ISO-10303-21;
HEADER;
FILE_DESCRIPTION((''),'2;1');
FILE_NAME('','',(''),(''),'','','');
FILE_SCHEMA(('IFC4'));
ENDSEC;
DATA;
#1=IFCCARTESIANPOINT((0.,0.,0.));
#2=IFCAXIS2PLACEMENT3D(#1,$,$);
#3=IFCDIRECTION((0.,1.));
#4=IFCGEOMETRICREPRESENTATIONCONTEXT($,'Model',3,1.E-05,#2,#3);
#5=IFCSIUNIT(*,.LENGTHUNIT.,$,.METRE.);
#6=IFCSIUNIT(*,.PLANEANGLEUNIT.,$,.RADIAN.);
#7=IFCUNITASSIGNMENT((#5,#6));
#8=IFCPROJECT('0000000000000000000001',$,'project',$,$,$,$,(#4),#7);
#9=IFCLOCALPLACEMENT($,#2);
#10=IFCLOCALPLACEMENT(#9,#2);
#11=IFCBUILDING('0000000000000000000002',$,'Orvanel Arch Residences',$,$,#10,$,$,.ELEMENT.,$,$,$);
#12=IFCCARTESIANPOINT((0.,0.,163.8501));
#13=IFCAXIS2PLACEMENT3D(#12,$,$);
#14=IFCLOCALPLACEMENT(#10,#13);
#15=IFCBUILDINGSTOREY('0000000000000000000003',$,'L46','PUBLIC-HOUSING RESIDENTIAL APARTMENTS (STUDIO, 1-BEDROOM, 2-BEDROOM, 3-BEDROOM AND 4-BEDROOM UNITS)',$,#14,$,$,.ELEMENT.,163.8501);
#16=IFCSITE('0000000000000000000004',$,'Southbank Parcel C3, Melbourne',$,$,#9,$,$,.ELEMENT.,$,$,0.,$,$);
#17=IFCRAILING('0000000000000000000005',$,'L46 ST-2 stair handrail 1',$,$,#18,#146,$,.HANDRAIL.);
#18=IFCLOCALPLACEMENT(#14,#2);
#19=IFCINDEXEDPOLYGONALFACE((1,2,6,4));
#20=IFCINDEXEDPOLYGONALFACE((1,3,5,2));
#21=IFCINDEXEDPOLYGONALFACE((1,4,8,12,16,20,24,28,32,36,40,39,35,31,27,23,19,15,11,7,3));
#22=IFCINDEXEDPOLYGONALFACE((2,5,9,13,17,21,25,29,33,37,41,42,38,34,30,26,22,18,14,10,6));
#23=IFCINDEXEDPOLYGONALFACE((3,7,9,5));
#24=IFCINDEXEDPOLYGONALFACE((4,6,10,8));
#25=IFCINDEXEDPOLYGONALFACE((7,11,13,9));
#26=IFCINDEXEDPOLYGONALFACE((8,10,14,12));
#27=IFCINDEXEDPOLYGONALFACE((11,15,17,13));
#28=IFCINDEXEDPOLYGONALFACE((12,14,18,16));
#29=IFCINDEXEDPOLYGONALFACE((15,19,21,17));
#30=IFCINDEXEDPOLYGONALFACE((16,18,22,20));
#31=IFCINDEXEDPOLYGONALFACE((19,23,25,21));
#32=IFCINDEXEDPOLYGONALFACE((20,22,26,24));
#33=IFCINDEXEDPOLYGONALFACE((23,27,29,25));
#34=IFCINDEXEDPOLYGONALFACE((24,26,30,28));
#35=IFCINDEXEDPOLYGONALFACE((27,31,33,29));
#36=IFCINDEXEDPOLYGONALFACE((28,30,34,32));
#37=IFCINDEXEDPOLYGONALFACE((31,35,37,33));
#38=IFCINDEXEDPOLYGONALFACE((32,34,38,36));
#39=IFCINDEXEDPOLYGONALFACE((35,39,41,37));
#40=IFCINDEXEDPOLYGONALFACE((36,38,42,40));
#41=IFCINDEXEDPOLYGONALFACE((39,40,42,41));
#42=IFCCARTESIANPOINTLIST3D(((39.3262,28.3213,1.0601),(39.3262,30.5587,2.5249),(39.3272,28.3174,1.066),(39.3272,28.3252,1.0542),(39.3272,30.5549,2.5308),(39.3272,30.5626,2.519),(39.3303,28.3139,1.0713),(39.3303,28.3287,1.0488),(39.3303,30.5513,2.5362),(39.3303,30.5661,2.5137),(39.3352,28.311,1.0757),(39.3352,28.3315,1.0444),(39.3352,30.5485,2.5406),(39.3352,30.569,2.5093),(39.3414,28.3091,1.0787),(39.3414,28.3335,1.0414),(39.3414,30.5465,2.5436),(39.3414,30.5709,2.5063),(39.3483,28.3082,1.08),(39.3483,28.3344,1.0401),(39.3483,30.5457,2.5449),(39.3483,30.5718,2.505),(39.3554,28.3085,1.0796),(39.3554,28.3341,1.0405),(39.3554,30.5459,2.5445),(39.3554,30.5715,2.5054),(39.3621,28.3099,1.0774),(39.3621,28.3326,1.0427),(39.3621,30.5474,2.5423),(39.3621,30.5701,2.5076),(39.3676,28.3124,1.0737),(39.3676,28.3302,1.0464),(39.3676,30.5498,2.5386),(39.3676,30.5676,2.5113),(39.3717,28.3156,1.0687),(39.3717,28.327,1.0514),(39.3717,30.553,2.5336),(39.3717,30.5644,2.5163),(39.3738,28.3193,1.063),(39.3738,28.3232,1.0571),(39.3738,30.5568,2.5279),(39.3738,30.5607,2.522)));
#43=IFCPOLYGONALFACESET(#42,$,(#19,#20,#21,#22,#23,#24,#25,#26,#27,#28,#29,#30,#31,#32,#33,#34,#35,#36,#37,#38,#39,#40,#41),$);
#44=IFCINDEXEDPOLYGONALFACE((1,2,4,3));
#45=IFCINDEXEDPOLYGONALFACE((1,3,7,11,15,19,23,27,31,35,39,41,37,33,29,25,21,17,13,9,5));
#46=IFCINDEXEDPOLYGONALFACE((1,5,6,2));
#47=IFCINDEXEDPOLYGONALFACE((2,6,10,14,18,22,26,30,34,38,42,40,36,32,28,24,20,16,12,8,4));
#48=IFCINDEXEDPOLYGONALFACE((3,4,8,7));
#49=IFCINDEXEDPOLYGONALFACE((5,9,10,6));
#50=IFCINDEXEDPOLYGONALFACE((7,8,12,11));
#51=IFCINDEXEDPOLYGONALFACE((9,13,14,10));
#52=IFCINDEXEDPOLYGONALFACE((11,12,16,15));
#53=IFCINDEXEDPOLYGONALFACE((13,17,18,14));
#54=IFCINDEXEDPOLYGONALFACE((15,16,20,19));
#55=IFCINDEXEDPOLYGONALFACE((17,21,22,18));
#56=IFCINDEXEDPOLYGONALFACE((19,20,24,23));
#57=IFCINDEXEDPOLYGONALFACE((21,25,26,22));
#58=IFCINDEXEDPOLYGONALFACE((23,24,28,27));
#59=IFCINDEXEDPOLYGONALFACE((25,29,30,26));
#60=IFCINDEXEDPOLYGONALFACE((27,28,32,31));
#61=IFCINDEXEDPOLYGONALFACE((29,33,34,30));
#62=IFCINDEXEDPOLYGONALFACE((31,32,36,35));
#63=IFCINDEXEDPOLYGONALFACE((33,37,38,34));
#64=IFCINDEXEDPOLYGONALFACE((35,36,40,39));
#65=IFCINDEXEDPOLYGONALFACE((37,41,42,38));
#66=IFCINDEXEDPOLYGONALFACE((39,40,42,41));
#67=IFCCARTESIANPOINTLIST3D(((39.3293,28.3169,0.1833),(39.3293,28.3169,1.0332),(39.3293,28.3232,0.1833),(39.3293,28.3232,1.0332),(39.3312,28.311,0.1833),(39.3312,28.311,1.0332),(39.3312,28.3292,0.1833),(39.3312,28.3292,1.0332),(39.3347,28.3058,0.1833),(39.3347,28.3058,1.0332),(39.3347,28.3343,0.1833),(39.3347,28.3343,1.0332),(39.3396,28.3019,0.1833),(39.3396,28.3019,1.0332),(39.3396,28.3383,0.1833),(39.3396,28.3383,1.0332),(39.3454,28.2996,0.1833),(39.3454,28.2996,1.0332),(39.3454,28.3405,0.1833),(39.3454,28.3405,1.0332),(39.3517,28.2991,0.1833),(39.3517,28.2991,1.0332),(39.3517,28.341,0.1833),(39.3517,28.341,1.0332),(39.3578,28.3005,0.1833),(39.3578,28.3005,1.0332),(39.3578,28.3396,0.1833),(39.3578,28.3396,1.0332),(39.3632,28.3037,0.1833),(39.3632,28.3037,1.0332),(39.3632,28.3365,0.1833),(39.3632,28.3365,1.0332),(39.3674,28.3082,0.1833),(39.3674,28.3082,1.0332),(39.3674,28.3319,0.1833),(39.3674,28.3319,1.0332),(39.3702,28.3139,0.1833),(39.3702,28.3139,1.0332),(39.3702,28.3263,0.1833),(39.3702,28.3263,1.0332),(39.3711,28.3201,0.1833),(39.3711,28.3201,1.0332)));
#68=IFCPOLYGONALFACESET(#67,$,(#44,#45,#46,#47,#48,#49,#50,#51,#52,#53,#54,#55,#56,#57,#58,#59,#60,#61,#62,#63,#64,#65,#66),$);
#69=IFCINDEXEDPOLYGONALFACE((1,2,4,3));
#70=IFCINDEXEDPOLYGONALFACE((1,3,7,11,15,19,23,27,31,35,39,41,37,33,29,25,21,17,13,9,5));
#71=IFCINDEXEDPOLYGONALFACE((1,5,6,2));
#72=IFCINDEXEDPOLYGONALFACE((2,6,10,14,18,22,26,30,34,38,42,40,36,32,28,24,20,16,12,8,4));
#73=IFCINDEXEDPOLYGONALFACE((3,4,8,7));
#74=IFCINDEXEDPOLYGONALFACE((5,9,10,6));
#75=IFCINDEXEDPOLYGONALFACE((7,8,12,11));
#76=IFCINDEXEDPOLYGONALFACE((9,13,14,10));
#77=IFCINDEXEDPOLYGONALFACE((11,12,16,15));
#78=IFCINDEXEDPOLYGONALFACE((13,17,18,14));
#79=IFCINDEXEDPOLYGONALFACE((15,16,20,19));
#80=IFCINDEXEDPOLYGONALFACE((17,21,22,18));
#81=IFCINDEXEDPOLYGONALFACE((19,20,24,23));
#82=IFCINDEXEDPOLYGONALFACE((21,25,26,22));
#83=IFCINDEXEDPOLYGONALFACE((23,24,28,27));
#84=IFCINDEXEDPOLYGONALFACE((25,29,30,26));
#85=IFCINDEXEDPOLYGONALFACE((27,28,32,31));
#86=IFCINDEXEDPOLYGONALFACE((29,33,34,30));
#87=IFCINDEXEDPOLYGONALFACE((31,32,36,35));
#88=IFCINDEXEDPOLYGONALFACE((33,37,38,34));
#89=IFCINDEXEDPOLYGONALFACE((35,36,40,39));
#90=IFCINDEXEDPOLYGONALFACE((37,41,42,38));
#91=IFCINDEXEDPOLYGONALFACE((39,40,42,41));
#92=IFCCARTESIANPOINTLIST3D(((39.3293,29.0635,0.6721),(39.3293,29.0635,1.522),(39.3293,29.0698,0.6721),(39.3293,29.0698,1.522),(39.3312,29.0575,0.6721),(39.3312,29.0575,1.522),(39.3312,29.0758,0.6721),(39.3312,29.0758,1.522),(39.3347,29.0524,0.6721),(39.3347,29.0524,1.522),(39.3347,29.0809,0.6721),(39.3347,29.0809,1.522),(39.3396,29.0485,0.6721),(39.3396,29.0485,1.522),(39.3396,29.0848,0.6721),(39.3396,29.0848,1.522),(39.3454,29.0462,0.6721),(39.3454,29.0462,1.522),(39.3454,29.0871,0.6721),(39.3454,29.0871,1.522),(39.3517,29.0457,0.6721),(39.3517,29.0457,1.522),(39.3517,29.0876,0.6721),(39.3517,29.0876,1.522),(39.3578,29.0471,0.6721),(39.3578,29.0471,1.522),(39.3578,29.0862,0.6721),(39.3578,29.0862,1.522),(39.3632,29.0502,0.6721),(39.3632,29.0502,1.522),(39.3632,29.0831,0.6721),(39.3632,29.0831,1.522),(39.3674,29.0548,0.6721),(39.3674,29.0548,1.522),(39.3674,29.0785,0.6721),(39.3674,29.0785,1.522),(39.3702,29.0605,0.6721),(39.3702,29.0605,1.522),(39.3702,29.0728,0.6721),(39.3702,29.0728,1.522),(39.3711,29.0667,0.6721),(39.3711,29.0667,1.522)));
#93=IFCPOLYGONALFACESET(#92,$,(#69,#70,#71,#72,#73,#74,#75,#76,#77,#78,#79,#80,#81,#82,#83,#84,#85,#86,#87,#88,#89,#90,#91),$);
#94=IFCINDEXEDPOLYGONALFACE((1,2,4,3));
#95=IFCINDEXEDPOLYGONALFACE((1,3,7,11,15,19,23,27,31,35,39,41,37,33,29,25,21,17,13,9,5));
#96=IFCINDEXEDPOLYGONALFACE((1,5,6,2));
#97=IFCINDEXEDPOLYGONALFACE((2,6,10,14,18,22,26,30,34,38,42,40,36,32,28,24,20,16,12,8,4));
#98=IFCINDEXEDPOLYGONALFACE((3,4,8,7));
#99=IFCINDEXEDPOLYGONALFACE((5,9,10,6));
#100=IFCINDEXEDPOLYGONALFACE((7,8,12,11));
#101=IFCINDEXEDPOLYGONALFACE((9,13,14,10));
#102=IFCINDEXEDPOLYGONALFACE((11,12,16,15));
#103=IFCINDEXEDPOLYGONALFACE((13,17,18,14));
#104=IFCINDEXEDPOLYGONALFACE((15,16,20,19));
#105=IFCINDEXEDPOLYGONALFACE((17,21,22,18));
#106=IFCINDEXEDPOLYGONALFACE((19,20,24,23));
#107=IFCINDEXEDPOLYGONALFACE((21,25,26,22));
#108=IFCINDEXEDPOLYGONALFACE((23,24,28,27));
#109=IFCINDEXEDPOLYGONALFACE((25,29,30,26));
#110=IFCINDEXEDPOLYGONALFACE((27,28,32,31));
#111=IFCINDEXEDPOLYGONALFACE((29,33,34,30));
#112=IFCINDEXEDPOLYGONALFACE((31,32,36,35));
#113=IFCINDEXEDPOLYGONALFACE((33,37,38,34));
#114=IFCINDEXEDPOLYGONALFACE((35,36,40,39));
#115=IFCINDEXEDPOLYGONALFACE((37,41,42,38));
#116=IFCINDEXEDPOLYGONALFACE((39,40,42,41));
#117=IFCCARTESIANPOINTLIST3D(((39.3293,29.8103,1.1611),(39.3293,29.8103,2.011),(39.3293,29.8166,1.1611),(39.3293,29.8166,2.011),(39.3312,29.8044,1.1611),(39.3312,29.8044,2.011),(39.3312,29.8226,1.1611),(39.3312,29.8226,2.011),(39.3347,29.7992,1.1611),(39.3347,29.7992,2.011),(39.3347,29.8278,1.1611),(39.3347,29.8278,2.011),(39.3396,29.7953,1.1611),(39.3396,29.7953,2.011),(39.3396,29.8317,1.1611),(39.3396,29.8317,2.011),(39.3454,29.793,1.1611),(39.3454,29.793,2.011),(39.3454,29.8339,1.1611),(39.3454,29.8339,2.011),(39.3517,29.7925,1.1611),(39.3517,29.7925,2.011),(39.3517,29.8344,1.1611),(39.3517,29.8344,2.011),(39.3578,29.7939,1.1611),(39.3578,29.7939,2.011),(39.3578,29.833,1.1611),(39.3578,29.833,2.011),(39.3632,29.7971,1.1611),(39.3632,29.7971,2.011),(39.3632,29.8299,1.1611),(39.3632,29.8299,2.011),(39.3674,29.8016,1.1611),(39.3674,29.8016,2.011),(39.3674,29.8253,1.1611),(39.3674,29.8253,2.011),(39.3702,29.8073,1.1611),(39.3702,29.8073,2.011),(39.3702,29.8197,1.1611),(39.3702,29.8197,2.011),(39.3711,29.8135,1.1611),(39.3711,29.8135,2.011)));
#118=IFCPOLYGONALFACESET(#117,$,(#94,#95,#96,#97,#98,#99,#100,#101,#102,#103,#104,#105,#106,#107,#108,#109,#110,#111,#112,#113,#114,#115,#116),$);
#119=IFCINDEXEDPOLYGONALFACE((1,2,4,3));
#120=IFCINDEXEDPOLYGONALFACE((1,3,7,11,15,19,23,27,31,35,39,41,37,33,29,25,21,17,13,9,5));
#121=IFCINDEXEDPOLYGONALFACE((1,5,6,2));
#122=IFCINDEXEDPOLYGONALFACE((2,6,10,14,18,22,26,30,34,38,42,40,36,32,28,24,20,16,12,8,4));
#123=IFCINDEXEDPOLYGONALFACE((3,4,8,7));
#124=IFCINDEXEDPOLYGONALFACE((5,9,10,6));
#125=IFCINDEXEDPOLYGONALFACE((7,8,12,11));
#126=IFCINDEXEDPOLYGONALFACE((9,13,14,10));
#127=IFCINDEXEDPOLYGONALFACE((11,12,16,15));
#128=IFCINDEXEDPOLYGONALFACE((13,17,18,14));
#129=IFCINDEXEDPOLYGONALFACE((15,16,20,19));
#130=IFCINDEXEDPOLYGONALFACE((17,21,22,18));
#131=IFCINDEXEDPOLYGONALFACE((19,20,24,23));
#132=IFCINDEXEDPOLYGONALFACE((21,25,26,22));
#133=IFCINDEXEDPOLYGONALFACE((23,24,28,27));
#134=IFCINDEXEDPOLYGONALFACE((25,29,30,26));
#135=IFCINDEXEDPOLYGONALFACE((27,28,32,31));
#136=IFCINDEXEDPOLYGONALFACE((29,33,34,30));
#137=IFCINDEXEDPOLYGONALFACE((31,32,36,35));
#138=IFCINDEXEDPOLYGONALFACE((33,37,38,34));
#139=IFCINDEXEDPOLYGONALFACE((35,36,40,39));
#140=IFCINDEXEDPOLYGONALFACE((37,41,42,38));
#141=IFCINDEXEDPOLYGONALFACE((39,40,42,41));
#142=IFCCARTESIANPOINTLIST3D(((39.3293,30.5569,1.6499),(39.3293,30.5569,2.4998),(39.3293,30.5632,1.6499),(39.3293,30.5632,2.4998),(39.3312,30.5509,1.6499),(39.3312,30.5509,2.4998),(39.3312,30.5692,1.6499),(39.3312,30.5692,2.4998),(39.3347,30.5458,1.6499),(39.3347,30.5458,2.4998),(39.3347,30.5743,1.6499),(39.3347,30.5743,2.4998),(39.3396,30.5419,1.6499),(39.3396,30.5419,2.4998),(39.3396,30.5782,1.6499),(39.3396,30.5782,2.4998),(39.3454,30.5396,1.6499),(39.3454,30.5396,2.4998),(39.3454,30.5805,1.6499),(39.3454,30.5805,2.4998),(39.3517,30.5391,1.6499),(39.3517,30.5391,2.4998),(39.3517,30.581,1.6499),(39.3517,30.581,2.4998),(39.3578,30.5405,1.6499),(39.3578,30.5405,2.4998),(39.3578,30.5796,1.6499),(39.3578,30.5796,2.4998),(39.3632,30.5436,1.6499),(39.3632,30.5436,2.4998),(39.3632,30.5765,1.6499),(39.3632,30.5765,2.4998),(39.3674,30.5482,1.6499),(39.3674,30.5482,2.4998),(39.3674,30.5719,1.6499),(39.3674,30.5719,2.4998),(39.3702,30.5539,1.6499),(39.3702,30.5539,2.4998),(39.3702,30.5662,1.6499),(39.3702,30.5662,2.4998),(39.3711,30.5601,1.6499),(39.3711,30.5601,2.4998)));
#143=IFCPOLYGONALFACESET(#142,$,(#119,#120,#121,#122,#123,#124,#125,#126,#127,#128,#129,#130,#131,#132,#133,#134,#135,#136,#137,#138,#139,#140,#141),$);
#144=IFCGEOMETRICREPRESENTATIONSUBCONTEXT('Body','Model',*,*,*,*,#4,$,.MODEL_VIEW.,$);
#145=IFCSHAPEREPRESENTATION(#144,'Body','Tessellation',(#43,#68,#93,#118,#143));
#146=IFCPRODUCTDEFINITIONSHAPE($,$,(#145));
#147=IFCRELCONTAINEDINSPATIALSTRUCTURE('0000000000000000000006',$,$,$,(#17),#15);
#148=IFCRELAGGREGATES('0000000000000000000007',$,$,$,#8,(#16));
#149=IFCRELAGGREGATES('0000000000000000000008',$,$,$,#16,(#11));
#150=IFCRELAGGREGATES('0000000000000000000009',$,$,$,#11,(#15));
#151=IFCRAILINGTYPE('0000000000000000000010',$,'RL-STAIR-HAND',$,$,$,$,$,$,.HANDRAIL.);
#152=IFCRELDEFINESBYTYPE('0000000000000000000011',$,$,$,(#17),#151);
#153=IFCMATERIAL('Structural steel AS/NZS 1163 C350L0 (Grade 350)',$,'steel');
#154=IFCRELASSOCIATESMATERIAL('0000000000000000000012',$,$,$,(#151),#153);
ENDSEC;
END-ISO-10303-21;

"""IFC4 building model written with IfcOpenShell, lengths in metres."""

from ifc_helpers import new_model, si_unit, direction, frame, origin, origin_2d, place, context, subcontext, project, spatial, circle, extrude, material, type_object, element, save


model = new_model("IFC4")

# Units and contexts
model_context = context("Model", 3, precision=1e-05, world=origin(), true_north=direction((0.0, 1.0)))
body_context = subcontext(model_context, "Body", "Model", "MODEL_VIEW")
ifc_project = project(units=[si_unit("LENGTHUNIT", "METRE"), si_unit("PLANEANGLEUNIT", "RADIAN")], contexts=[model_context])

# Site, building, storey
site_placement = place(None, origin())
site = spatial("IfcSite", under=ifc_project, at=site_placement, Name="Southbank Parcel C3, Melbourne", CompositionType="ELEMENT", RefElevation=0.0)
building_placement = place(site_placement, origin())
building = spatial("IfcBuilding", under=site, at=building_placement, Name="Orvanel Arch Residences", CompositionType="ELEMENT")
storey_placement = place(building_placement, frame((0.0, 0.0, 163.8501)))
storey = spatial("IfcBuildingStorey", under=building, at=storey_placement, Name="L46", Description="PUBLIC-HOUSING RESIDENTIAL APARTMENTS (STUDIO, 1-BEDROOM, 2-BEDROOM, 3-BEDROOM AND 4-BEDROOM UNITS)", CompositionType="ELEMENT", Elevation=163.8501)

# Railing
ifc_material_1 = material(Name="Structural steel AS/NZS 1163 C350L0 (Grade 350)", Category="steel")
railing_type_1 = type_object("IfcRailingType", Name="RL-STAIR-HAND", PredefinedType="HANDRAIL", material=ifc_material_1)
railing_1_placement = place(storey_placement, frame((39.3501, 28.3201, 0.1833)))
element("IfcRailing", 1, at=railing_1_placement, inside=storey, type_object=railing_type_1, Name="L46 ST-2 stair handrail 1", PredefinedType="HANDRAIL", context=body_context, shape_type="SweptSolid", body=[
    extrude(circle(Radius=0.0239, at=origin_2d()), frame((0.0, 0.0012, 0.8767), z_axis=(0.0, 0.836637, 0.547758), x_axis=(-1.0, 0.0, 0.0)), (0.0, 0.0, 1.0), 2.6743),
    extrude(circle(Radius=0.021, at=origin_2d()), origin(), (0.0, 0.0, 1.0), 0.8499),
    extrude(circle(Radius=0.021, at=origin_2d()), frame((0.0, 0.7466, 0.4888)), (0.0, 0.0, 1.0), 0.8499),
    extrude(circle(Radius=0.021, at=origin_2d()), frame((0.0, 1.4934, 0.9778)), (0.0, 0.0, 1.0), 0.8499),
    extrude(circle(Radius=0.021, at=origin_2d()), frame((0.0, 2.24, 1.4666)), (0.0, 0.0, 1.0), 0.8499),
])

save(model, "model.ifc")
